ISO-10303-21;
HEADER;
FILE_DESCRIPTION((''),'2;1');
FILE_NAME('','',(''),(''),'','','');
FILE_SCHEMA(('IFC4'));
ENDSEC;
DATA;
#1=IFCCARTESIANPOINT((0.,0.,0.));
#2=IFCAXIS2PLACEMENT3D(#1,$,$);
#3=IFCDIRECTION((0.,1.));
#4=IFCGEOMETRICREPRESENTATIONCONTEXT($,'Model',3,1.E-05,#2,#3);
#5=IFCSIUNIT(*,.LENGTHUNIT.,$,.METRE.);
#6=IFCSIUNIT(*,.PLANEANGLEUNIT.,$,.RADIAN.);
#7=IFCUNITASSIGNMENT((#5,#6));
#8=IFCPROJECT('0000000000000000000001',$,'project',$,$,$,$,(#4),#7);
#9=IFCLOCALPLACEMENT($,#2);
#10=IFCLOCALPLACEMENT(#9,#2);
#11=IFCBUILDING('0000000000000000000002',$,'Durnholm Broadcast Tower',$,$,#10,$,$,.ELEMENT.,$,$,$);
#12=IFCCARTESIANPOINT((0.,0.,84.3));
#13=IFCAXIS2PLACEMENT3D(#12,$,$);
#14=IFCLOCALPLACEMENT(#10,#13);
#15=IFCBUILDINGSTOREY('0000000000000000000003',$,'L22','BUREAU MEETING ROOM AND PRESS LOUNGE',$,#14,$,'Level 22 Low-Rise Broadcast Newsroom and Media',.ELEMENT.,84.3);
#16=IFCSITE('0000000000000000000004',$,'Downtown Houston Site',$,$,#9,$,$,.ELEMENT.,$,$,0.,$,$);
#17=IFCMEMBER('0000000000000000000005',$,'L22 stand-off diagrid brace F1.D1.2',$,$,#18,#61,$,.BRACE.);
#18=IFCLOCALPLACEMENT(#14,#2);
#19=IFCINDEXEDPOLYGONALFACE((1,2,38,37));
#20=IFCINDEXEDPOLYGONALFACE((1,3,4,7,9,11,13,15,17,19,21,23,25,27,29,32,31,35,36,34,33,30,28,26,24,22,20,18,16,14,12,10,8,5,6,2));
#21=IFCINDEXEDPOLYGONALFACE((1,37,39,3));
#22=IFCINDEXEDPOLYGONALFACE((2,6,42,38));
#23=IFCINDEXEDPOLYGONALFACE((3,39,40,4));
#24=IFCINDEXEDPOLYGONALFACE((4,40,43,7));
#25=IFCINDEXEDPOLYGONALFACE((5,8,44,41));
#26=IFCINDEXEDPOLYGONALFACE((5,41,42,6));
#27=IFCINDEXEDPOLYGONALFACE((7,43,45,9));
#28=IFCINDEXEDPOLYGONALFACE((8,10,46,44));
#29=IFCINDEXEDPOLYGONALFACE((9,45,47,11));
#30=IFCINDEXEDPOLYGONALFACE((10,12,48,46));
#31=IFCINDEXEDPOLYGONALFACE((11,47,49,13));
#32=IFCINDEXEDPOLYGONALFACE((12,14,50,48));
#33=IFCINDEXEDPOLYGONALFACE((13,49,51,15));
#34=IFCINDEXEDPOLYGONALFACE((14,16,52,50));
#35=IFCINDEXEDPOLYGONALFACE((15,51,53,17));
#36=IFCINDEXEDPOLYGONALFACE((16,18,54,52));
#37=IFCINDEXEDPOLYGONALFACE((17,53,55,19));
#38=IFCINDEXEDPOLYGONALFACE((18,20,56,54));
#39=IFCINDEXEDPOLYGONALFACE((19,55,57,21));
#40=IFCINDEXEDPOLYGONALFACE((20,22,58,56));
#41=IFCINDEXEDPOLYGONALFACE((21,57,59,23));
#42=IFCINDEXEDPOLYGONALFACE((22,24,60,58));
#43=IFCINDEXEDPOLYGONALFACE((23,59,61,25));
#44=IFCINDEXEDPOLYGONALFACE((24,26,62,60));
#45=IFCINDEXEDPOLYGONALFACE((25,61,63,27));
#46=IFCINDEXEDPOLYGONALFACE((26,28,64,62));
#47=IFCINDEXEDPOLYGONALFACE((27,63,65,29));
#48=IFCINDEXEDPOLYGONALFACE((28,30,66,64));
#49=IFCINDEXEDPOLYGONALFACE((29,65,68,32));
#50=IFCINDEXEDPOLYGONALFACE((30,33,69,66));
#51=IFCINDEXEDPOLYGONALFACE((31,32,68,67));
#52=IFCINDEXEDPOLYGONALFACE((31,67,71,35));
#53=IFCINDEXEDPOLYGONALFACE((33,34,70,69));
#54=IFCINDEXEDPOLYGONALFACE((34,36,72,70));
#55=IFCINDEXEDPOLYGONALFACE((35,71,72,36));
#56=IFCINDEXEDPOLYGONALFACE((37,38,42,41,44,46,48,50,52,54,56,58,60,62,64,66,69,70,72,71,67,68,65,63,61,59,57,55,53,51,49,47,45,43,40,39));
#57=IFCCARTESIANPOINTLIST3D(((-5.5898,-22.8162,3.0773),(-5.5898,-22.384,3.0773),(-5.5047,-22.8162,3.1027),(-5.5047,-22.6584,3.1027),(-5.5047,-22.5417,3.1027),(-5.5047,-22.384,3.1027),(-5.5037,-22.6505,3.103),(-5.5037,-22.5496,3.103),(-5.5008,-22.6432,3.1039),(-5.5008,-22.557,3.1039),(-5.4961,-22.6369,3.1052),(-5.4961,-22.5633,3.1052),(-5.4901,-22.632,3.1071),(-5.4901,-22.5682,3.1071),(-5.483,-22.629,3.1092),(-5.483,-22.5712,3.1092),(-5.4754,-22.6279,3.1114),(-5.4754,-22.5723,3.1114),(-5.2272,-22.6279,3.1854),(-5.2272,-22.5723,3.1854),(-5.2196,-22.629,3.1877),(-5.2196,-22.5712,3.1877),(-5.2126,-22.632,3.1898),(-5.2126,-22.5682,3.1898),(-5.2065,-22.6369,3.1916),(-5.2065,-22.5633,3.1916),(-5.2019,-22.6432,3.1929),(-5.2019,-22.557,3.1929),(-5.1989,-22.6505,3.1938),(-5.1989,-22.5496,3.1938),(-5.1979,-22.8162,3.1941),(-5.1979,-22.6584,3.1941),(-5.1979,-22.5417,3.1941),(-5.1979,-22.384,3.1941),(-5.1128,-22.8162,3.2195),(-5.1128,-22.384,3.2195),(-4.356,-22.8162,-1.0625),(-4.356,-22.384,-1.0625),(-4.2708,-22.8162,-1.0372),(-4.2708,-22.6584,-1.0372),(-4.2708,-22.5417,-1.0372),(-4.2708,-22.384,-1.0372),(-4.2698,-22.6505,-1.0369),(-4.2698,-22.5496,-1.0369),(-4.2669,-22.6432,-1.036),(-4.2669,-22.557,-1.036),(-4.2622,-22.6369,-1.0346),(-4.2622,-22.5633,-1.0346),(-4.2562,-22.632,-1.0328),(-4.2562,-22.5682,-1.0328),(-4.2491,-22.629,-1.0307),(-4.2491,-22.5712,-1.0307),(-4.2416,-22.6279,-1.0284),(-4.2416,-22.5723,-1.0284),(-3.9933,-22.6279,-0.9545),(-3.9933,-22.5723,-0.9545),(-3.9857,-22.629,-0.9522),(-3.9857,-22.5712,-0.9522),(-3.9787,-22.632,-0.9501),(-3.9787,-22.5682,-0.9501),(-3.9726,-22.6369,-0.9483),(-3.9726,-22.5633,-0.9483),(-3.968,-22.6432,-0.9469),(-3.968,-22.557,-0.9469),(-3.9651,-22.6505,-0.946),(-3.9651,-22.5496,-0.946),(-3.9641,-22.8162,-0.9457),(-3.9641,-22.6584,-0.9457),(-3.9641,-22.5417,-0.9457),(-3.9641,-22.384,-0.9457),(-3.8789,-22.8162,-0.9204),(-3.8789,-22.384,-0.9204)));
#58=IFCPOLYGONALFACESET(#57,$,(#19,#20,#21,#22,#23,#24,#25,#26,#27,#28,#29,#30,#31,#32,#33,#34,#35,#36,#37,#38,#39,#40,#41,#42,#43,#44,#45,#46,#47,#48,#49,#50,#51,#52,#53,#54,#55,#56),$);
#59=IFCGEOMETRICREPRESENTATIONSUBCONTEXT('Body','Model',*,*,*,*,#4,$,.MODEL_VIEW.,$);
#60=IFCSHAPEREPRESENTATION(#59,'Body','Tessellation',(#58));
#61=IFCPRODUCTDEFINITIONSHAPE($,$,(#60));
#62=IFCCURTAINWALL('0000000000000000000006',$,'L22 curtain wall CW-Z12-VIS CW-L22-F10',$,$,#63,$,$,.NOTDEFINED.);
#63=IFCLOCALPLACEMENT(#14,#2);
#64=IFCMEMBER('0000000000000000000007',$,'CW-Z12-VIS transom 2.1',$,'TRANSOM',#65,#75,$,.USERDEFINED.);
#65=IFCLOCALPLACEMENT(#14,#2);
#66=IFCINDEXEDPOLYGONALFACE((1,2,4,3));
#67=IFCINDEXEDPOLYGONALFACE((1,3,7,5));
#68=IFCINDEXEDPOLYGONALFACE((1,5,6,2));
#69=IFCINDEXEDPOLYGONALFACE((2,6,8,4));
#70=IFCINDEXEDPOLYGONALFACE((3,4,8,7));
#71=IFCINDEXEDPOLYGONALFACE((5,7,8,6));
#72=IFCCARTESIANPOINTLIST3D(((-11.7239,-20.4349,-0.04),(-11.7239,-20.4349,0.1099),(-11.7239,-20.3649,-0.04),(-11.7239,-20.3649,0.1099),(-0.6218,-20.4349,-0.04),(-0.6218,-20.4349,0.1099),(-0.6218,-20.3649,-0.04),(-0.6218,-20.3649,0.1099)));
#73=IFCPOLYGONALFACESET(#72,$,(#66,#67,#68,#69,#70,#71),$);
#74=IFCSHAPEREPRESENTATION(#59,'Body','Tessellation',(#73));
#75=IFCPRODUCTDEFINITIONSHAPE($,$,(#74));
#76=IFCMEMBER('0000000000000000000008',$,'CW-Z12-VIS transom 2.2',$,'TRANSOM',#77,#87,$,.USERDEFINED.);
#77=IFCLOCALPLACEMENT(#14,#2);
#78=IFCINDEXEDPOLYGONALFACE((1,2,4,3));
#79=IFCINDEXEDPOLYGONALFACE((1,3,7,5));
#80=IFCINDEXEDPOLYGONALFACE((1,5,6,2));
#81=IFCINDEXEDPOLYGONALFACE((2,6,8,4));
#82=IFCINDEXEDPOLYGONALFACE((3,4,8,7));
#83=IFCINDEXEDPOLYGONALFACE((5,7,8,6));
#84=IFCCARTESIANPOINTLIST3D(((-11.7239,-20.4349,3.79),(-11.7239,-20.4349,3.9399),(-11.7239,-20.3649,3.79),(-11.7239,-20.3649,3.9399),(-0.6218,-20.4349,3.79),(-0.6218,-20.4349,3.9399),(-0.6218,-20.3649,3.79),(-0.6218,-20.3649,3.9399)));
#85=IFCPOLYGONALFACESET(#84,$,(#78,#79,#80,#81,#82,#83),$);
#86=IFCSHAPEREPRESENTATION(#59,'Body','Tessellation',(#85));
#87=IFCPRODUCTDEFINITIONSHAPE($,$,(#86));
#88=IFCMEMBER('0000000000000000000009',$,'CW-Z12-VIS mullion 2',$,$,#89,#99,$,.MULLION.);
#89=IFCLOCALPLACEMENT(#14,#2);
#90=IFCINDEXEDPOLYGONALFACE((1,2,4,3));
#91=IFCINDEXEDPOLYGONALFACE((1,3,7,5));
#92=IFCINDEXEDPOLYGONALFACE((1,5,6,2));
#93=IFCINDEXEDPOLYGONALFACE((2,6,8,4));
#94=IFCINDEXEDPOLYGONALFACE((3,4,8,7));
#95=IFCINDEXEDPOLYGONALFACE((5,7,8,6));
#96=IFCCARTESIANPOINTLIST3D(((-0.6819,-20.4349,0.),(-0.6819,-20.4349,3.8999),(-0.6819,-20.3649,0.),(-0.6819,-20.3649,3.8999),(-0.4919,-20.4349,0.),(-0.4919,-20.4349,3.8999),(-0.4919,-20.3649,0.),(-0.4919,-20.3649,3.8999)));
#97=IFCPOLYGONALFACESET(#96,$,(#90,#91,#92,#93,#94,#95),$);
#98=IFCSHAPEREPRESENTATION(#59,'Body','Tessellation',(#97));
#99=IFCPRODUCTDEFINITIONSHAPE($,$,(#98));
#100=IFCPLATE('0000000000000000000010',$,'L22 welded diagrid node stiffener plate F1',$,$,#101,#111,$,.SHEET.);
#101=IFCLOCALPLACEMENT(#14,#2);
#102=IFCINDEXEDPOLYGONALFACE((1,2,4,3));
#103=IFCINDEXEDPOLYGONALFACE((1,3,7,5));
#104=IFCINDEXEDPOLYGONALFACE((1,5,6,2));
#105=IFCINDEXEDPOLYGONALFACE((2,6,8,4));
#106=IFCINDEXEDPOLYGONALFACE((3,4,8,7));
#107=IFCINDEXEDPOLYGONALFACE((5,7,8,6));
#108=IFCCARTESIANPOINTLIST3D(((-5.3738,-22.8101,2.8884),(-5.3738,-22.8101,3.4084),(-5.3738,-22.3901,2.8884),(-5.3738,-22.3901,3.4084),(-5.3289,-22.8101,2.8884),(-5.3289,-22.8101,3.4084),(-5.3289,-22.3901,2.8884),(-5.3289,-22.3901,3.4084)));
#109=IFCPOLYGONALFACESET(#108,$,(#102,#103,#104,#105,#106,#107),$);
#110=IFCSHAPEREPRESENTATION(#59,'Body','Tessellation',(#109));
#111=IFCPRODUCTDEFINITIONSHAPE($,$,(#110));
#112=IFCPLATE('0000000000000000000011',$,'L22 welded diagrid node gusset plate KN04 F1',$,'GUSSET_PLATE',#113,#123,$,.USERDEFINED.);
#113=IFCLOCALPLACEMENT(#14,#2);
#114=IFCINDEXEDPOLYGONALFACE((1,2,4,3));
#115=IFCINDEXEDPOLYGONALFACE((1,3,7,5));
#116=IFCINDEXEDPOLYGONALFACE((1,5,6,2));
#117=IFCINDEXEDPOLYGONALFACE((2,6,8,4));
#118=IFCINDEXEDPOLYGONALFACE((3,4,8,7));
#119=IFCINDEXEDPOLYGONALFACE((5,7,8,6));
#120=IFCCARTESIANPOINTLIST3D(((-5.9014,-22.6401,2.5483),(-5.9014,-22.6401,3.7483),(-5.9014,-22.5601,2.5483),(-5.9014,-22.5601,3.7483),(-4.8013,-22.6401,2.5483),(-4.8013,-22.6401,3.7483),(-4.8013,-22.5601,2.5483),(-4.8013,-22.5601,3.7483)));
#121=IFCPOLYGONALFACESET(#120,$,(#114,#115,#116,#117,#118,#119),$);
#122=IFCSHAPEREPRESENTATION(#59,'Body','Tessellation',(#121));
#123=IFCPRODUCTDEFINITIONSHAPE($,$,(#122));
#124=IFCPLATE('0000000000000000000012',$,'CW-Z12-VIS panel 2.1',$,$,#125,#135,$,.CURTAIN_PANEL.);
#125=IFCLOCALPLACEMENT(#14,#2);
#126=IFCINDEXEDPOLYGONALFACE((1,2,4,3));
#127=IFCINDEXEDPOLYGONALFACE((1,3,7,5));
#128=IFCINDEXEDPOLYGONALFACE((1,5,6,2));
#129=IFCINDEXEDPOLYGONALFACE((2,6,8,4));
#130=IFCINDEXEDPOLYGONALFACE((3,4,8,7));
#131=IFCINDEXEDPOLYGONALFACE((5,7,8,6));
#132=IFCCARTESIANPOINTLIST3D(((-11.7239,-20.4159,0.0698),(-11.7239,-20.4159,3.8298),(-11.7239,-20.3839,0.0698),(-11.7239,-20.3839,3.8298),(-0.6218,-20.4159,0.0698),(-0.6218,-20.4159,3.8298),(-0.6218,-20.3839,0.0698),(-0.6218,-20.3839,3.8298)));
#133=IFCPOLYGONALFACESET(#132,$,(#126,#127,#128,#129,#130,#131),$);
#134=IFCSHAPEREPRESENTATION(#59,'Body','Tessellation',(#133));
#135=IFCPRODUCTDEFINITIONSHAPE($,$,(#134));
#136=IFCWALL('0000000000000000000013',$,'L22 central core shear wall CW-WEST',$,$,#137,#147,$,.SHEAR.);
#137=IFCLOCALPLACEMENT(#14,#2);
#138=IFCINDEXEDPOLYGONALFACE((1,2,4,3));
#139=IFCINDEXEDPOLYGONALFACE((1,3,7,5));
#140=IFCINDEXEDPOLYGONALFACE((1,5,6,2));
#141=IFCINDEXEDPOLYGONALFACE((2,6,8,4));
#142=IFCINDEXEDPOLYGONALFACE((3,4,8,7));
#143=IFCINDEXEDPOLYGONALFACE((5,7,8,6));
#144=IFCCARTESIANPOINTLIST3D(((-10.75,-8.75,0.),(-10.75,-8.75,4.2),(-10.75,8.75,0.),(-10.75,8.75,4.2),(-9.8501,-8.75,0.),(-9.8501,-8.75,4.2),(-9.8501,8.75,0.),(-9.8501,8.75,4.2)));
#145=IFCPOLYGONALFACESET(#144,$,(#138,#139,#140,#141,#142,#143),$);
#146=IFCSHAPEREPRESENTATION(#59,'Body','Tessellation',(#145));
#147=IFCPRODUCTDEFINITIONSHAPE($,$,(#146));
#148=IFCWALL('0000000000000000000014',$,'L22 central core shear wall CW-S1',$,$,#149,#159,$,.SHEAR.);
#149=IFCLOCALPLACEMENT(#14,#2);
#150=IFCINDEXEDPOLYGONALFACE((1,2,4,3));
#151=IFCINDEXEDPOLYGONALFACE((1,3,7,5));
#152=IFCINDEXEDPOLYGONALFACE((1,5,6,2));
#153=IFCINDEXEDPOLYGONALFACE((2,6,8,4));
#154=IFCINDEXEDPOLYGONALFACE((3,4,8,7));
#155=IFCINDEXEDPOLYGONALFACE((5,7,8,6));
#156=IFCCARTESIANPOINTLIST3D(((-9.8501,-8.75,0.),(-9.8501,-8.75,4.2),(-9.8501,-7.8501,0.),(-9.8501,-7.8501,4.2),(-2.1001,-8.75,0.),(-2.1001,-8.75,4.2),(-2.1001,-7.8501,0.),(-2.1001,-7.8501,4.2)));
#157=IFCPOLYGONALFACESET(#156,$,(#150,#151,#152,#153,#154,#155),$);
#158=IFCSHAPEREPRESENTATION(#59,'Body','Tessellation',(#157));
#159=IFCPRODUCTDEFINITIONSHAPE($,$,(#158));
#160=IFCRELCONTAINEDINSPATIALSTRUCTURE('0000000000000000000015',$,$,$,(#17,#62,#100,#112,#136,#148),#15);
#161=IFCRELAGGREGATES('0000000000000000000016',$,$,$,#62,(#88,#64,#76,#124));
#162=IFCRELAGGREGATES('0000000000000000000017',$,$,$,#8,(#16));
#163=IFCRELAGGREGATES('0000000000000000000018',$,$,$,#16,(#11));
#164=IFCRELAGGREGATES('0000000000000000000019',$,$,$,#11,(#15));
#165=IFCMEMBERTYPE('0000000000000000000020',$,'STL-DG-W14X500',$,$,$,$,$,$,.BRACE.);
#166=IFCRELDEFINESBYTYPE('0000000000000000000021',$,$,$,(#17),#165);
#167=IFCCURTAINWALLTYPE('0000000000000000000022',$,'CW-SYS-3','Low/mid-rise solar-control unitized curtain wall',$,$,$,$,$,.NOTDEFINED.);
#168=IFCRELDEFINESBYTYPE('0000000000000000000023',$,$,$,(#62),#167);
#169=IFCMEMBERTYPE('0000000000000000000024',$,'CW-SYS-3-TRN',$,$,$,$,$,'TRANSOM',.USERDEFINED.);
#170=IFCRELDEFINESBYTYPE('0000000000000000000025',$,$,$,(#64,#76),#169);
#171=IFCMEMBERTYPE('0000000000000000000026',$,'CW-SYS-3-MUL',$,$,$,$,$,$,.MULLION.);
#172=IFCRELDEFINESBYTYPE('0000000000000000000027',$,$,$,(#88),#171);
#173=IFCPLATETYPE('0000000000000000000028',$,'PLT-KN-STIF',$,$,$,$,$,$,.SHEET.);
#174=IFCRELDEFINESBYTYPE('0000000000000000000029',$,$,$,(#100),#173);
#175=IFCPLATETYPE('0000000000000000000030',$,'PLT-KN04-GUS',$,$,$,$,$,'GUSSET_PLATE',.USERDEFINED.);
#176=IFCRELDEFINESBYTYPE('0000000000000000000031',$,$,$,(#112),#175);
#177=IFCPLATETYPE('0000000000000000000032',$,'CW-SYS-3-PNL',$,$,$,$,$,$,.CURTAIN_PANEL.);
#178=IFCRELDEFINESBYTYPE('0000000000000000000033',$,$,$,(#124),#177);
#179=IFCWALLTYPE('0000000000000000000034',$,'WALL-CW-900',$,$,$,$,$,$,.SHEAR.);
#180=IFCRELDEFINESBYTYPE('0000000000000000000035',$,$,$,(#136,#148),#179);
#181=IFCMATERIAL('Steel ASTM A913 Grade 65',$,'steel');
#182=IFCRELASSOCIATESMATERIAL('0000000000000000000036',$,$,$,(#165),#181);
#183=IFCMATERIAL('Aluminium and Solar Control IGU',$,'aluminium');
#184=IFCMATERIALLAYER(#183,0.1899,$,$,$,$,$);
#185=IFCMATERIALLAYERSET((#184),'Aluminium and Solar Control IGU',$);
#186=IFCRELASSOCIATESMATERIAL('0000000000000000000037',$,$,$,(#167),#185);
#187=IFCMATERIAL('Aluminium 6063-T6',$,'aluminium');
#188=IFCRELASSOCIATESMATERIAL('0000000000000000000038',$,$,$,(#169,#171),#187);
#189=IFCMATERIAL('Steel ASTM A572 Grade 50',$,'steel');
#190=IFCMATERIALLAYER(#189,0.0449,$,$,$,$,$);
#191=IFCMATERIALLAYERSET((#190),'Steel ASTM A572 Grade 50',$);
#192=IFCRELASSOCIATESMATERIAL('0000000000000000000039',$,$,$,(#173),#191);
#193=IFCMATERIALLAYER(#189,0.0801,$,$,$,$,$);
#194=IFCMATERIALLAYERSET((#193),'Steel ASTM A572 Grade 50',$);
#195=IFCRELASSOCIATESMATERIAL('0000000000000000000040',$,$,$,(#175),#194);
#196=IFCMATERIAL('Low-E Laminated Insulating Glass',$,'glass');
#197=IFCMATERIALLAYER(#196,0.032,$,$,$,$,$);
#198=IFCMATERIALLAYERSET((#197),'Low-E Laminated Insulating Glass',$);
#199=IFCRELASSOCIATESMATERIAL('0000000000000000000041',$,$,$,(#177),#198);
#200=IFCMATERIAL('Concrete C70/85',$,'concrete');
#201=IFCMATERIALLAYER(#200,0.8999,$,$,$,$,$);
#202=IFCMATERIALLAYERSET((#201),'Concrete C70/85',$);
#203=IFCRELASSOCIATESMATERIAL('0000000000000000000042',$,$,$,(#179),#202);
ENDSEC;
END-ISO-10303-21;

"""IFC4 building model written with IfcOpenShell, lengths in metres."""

from ifc_helpers import new_model, si_unit, direction, frame, frame_2d, origin, origin_2d, place, context, subcontext, project, spatial, rectangle, i_section, extrude, source, transform, mapped, material, layer, layer_set, material_profile, profile_set, type_object, type_shapes, element, aggregate, save


model = new_model("IFC4")

# Units and contexts
model_context = context("Model", 3, precision=1e-05, world=origin(), true_north=direction((0.0, 1.0)))
body_context = subcontext(model_context, "Body", "Model", "MODEL_VIEW")
ifc_project = project(units=[si_unit("LENGTHUNIT", "METRE"), si_unit("PLANEANGLEUNIT", "RADIAN")], contexts=[model_context])

# Site, building, storey
site_placement = place(None, origin())
site = spatial("IfcSite", under=ifc_project, at=site_placement, Name="Downtown Houston Site", CompositionType="ELEMENT", RefElevation=0.0)
building_placement = place(site_placement, origin())
building = spatial("IfcBuilding", under=site, at=building_placement, Name="Durnholm Broadcast Tower", CompositionType="ELEMENT")
storey_placement = place(building_placement, frame((0.0, 0.0, 84.3)))
storey = spatial("IfcBuildingStorey", under=building, at=storey_placement, Name="L22", Description="BUREAU MEETING ROOM AND PRESS LOUNGE", LongName="Level 22 Low-Rise Broadcast Newsroom and Media", CompositionType="ELEMENT", Elevation=84.3)

# Shared definitions
ifc_material_1 = material(Name="Concrete C70/85", Category="concrete")

# Member
ifc_material_2 = material(Name="Steel ASTM A913 Grade 65", Category="steel")
ifc_material_profile_1 = material_profile(ifc_material_2, i_section(OverallWidth=0.4321, OverallDepth=0.4978, WebThickness=0.0557, FlangeThickness=0.0889, FilletRadius=0.0305, at=origin_2d()), Name="W14X500")
ifc_profile_set_1 = profile_set([ifc_material_profile_1], Name="Steel ASTM A913 Grade 65")
member_type_1 = type_object("IfcMemberType", Name="STL-DG-W14X500", PredefinedType="BRACE", material=ifc_profile_set_1)
shared_shape_1 = source(origin(), body_context, "Body", "SweptSolid", [
    extrude(i_section(OverallWidth=0.4321, OverallDepth=0.4978, WebThickness=0.0557, FlangeThickness=0.0889, FilletRadius=0.0305, at=origin_2d()), origin(), (0.0, 0.0, 1.0), 4.3198),
])
type_shapes(member_type_1, [shared_shape_1])
for number, where, z_axis, x_axis, name in (
    (1, (-4.1174, -22.6001, -0.9915), (-0.285631, 0.0, 0.95834), (0.0, -1.0, 0.0), "L22 stand-off diagrid brace F1.D1.2"),
):
    element("IfcMember", number, at=place(storey_placement, frame(where, z_axis=z_axis, x_axis=x_axis)), inside=storey, type_object=member_type_1, Name=name, PredefinedType="BRACE", context=body_context, shape_type="MappedRepresentation", body=[
        mapped(shared_shape_1, transform((0.0, 0.0, 0.0), x_axis=(1.0, 0.0, 0.0), y_axis=(0.0, 1.0, 0.0), z_axis=(0.0, 0.0, 1.0), scale=1.0)),
    ])

# Curtain wall, members
ifc_material_3 = material(Name="Aluminium and Solar Control IGU", Category="aluminium")
ifc_layer_1 = layer(ifc_material_3, 0.1899)
ifc_layer_set_1 = layer_set([ifc_layer_1], Name="Aluminium and Solar Control IGU")
curtain_wall_type = type_object("IfcCurtainWallType", Name="CW-SYS-3", Description="Low/mid-rise solar-control unitized curtain wall", PredefinedType="NOTDEFINED", material=ifc_layer_set_1)
curtain_wall_placement = place(storey_placement, origin())
curtain_wall = element("IfcCurtainWall", 2, at=curtain_wall_placement, inside=storey, type_object=curtain_wall_type, Name="L22 curtain wall CW-Z12-VIS CW-L22-F10", PredefinedType="NOTDEFINED")
ifc_material_4 = material(Name="Aluminium 6063-T6", Category="aluminium")
ifc_material_profile_2 = material_profile(ifc_material_4, rectangle(XDim=0.0701, YDim=0.1499, at=origin_2d()), Name="CWT70X150")
ifc_profile_set_2 = profile_set([ifc_material_profile_2], Name="Aluminium 6063-T6")
member_type_2 = type_object("IfcMemberType", Name="CW-SYS-3-TRN", ElementType="TRANSOM", PredefinedType="USERDEFINED", material=ifc_profile_set_2)
shared_shape_2 = source(origin(), body_context, "Body", "SweptSolid", [
    extrude(rectangle(XDim=0.0701, YDim=0.1499, at=origin_2d()), origin(), (0.0, 0.0, 1.0), 11.1021),
])
type_shapes(member_type_2, [shared_shape_2])
member_1_placement = place(storey_placement, frame((-0.6218, -20.3999, 0.0349), z_axis=(-1.0, 0.0, 0.0), x_axis=(0.0, -1.0, 0.0)))
member_1 = element("IfcMember", 3, at=member_1_placement, type_object=member_type_2, Name="CW-Z12-VIS transom 2.1", ObjectType="TRANSOM", PredefinedType="USERDEFINED", context=body_context, shape_type="MappedRepresentation", body=[
    mapped(shared_shape_2, transform((0.0, 0.0, 0.0), x_axis=(1.0, 0.0, 0.0), y_axis=(0.0, 1.0, 0.0), z_axis=(0.0, 0.0, 1.0), scale=1.0)),
])
member_2_placement = place(storey_placement, frame((-0.6218, -20.3999, 3.865), z_axis=(-1.0, 0.0, 0.0), x_axis=(0.0, -1.0, 0.0)))
member_2 = element("IfcMember", 4, at=member_2_placement, type_object=member_type_2, Name="CW-Z12-VIS transom 2.2", ObjectType="TRANSOM", PredefinedType="USERDEFINED", context=body_context, shape_type="MappedRepresentation", body=[
    mapped(shared_shape_2, transform((0.0, 0.0, 0.0), x_axis=(1.0, 0.0, 0.0), y_axis=(0.0, 1.0, 0.0), z_axis=(0.0, 0.0, 1.0), scale=1.0)),
])
ifc_material_profile_3 = material_profile(ifc_material_4, rectangle(XDim=0.0701, YDim=0.1899, at=origin_2d()), Name="CWM70X190")
ifc_profile_set_3 = profile_set([ifc_material_profile_3], Name="Aluminium 6063-T6")
member_type_3 = type_object("IfcMemberType", Name="CW-SYS-3-MUL", PredefinedType="MULLION", material=ifc_profile_set_3)
shared_shape_3 = source(origin(), body_context, "Body", "SweptSolid", [
    extrude(rectangle(XDim=0.0701, YDim=0.1899, at=origin_2d()), origin(), (0.0, 0.0, 1.0), 3.8999),
])
type_shapes(member_type_3, [shared_shape_3])
member_3_placement = place(storey_placement, frame((-0.5869, -20.3999, 0.0), z_axis=(0.0, 0.0, 1.0), x_axis=(0.0, -1.0, 0.0)))
member_3 = element("IfcMember", 5, at=member_3_placement, type_object=member_type_3, Name="CW-Z12-VIS mullion 2", PredefinedType="MULLION", context=body_context, shape_type="MappedRepresentation", body=[
    mapped(shared_shape_3, transform((0.0, 0.0, 0.0), x_axis=(1.0, 0.0, 0.0), y_axis=(0.0, 1.0, 0.0), z_axis=(0.0, 0.0, 1.0), scale=1.0)),
])

# Plates
ifc_material_5 = material(Name="Steel ASTM A572 Grade 50", Category="steel")
ifc_layer_2 = layer(ifc_material_5, 0.0449)
ifc_layer_set_2 = layer_set([ifc_layer_2], Name="Steel ASTM A572 Grade 50")
plate_type_1 = type_object("IfcPlateType", Name="PLT-KN-STIF", PredefinedType="SHEET", material=ifc_layer_set_2)
shared_shape_4 = source(origin(), body_context, "Body", "SweptSolid", [
    extrude(rectangle(XDim=0.0449, YDim=0.4199, at=origin_2d()), origin(), (0.0, 0.0, 1.0), 0.52),
])
type_shapes(plate_type_1, [shared_shape_4])
plate_1_placement = place(storey_placement, frame((-5.3513, -22.6001, 2.8884), z_axis=(0.0, 0.0, 1.0), x_axis=(1.0, 0.0, 0.0)))
element("IfcPlate", 6, at=plate_1_placement, inside=storey, type_object=plate_type_1, Name="L22 welded diagrid node stiffener plate F1", PredefinedType="SHEET", context=body_context, shape_type="MappedRepresentation", body=[
    mapped(shared_shape_4, transform((0.0, 0.0, 0.0), x_axis=(1.0, 0.0, 0.0), y_axis=(0.0, 1.0, 0.0), z_axis=(0.0, 0.0, 1.0), scale=1.0)),
])
ifc_layer_3 = layer(ifc_material_5, 0.0801)
ifc_layer_set_3 = layer_set([ifc_layer_3], Name="Steel ASTM A572 Grade 50")
plate_type_2 = type_object("IfcPlateType", Name="PLT-KN04-GUS", ElementType="GUSSET_PLATE", PredefinedType="USERDEFINED", material=ifc_layer_set_3)
shared_shape_5 = source(origin(), body_context, "Body", "SweptSolid", [
    extrude(rectangle(XDim=1.1001, YDim=0.0801, at=origin_2d()), origin(), (0.0, 0.0, 1.0), 1.2),
])
type_shapes(plate_type_2, [shared_shape_5])
plate_2_placement = place(storey_placement, frame((-5.3513, -22.6001, 2.5483), z_axis=(0.0, 0.0, 1.0), x_axis=(1.0, 0.0, 0.0)))
element("IfcPlate", 7, at=plate_2_placement, inside=storey, type_object=plate_type_2, Name="L22 welded diagrid node gusset plate KN04 F1", ObjectType="GUSSET_PLATE", PredefinedType="USERDEFINED", context=body_context, shape_type="MappedRepresentation", body=[
    mapped(shared_shape_5, transform((0.0, 0.0, 0.0), x_axis=(1.0, 0.0, 0.0), y_axis=(0.0, 1.0, 0.0), z_axis=(0.0, 0.0, 1.0), scale=1.0)),
])

# Plate
ifc_material_6 = material(Name="Low-E Laminated Insulating Glass", Category="glass")
ifc_layer_4 = layer(ifc_material_6, 0.032)
ifc_layer_set_4 = layer_set([ifc_layer_4], Name="Low-E Laminated Insulating Glass")
plate_type_3 = type_object("IfcPlateType", Name="CW-SYS-3-PNL", PredefinedType="CURTAIN_PANEL", material=ifc_layer_set_4)
shared_shape_6 = source(origin(), body_context, "Body", "SweptSolid", [
    extrude(rectangle(XDim=11.1021, YDim=0.032, at=origin_2d()), origin(), (0.0, 0.0, 1.0), 3.76),
])
type_shapes(plate_type_3, [shared_shape_6])
plate_3_placement = place(storey_placement, frame((-6.1729, -20.3999, 0.0698), z_axis=(0.0, 0.0, 1.0), x_axis=(-1.0, 0.0, 0.0)))
plate_3 = element("IfcPlate", 8, at=plate_3_placement, type_object=plate_type_3, Name="CW-Z12-VIS panel 2.1", PredefinedType="CURTAIN_PANEL", context=body_context, shape_type="MappedRepresentation", body=[
    mapped(shared_shape_6, transform((0.0, 0.0, 0.0), x_axis=(1.0, 0.0, 0.0), y_axis=(0.0, 1.0, 0.0), z_axis=(0.0, 0.0, 1.0), scale=1.0)),
])
aggregate(curtain_wall, [member_3, member_1, member_2, plate_3])

# Walls
ifc_layer_5 = layer(ifc_material_1, 0.8999)
ifc_layer_set_5 = layer_set([ifc_layer_5], Name="Concrete C70/85")
wall_type_1 = type_object("IfcWallType", Name="WALL-CW-900", PredefinedType="SHEAR", material=ifc_layer_set_5)
wall_1_placement = place(storey_placement, frame((-10.3, -8.75, 0.0), z_axis=(0.0, 0.0, 1.0), x_axis=(0.0, 1.0, 0.0)))
element("IfcWall", 9, at=wall_1_placement, inside=storey, type_object=wall_type_1, Name="L22 central core shear wall CW-WEST", PredefinedType="SHEAR", context=body_context, shape_type="SweptSolid", body=[
    extrude(rectangle(XDim=17.5, YDim=0.8999, at=frame_2d((8.75, 0.0))), origin(), (0.0, 0.0, 1.0), 4.2),
])
wall_2_placement = place(storey_placement, frame((-9.8501, -8.3, 0.0), z_axis=(0.0, 0.0, 1.0), x_axis=(1.0, 0.0, 0.0)))
element("IfcWall", 10, at=wall_2_placement, inside=storey, type_object=wall_type_1, Name="L22 central core shear wall CW-S1", PredefinedType="SHEAR", context=body_context, shape_type="SweptSolid", body=[
    extrude(rectangle(XDim=7.75, YDim=0.8999, at=frame_2d((3.875, 0.0))), origin(), (0.0, 0.0, 1.0), 4.2),
])

save(model, "model.ifc")
